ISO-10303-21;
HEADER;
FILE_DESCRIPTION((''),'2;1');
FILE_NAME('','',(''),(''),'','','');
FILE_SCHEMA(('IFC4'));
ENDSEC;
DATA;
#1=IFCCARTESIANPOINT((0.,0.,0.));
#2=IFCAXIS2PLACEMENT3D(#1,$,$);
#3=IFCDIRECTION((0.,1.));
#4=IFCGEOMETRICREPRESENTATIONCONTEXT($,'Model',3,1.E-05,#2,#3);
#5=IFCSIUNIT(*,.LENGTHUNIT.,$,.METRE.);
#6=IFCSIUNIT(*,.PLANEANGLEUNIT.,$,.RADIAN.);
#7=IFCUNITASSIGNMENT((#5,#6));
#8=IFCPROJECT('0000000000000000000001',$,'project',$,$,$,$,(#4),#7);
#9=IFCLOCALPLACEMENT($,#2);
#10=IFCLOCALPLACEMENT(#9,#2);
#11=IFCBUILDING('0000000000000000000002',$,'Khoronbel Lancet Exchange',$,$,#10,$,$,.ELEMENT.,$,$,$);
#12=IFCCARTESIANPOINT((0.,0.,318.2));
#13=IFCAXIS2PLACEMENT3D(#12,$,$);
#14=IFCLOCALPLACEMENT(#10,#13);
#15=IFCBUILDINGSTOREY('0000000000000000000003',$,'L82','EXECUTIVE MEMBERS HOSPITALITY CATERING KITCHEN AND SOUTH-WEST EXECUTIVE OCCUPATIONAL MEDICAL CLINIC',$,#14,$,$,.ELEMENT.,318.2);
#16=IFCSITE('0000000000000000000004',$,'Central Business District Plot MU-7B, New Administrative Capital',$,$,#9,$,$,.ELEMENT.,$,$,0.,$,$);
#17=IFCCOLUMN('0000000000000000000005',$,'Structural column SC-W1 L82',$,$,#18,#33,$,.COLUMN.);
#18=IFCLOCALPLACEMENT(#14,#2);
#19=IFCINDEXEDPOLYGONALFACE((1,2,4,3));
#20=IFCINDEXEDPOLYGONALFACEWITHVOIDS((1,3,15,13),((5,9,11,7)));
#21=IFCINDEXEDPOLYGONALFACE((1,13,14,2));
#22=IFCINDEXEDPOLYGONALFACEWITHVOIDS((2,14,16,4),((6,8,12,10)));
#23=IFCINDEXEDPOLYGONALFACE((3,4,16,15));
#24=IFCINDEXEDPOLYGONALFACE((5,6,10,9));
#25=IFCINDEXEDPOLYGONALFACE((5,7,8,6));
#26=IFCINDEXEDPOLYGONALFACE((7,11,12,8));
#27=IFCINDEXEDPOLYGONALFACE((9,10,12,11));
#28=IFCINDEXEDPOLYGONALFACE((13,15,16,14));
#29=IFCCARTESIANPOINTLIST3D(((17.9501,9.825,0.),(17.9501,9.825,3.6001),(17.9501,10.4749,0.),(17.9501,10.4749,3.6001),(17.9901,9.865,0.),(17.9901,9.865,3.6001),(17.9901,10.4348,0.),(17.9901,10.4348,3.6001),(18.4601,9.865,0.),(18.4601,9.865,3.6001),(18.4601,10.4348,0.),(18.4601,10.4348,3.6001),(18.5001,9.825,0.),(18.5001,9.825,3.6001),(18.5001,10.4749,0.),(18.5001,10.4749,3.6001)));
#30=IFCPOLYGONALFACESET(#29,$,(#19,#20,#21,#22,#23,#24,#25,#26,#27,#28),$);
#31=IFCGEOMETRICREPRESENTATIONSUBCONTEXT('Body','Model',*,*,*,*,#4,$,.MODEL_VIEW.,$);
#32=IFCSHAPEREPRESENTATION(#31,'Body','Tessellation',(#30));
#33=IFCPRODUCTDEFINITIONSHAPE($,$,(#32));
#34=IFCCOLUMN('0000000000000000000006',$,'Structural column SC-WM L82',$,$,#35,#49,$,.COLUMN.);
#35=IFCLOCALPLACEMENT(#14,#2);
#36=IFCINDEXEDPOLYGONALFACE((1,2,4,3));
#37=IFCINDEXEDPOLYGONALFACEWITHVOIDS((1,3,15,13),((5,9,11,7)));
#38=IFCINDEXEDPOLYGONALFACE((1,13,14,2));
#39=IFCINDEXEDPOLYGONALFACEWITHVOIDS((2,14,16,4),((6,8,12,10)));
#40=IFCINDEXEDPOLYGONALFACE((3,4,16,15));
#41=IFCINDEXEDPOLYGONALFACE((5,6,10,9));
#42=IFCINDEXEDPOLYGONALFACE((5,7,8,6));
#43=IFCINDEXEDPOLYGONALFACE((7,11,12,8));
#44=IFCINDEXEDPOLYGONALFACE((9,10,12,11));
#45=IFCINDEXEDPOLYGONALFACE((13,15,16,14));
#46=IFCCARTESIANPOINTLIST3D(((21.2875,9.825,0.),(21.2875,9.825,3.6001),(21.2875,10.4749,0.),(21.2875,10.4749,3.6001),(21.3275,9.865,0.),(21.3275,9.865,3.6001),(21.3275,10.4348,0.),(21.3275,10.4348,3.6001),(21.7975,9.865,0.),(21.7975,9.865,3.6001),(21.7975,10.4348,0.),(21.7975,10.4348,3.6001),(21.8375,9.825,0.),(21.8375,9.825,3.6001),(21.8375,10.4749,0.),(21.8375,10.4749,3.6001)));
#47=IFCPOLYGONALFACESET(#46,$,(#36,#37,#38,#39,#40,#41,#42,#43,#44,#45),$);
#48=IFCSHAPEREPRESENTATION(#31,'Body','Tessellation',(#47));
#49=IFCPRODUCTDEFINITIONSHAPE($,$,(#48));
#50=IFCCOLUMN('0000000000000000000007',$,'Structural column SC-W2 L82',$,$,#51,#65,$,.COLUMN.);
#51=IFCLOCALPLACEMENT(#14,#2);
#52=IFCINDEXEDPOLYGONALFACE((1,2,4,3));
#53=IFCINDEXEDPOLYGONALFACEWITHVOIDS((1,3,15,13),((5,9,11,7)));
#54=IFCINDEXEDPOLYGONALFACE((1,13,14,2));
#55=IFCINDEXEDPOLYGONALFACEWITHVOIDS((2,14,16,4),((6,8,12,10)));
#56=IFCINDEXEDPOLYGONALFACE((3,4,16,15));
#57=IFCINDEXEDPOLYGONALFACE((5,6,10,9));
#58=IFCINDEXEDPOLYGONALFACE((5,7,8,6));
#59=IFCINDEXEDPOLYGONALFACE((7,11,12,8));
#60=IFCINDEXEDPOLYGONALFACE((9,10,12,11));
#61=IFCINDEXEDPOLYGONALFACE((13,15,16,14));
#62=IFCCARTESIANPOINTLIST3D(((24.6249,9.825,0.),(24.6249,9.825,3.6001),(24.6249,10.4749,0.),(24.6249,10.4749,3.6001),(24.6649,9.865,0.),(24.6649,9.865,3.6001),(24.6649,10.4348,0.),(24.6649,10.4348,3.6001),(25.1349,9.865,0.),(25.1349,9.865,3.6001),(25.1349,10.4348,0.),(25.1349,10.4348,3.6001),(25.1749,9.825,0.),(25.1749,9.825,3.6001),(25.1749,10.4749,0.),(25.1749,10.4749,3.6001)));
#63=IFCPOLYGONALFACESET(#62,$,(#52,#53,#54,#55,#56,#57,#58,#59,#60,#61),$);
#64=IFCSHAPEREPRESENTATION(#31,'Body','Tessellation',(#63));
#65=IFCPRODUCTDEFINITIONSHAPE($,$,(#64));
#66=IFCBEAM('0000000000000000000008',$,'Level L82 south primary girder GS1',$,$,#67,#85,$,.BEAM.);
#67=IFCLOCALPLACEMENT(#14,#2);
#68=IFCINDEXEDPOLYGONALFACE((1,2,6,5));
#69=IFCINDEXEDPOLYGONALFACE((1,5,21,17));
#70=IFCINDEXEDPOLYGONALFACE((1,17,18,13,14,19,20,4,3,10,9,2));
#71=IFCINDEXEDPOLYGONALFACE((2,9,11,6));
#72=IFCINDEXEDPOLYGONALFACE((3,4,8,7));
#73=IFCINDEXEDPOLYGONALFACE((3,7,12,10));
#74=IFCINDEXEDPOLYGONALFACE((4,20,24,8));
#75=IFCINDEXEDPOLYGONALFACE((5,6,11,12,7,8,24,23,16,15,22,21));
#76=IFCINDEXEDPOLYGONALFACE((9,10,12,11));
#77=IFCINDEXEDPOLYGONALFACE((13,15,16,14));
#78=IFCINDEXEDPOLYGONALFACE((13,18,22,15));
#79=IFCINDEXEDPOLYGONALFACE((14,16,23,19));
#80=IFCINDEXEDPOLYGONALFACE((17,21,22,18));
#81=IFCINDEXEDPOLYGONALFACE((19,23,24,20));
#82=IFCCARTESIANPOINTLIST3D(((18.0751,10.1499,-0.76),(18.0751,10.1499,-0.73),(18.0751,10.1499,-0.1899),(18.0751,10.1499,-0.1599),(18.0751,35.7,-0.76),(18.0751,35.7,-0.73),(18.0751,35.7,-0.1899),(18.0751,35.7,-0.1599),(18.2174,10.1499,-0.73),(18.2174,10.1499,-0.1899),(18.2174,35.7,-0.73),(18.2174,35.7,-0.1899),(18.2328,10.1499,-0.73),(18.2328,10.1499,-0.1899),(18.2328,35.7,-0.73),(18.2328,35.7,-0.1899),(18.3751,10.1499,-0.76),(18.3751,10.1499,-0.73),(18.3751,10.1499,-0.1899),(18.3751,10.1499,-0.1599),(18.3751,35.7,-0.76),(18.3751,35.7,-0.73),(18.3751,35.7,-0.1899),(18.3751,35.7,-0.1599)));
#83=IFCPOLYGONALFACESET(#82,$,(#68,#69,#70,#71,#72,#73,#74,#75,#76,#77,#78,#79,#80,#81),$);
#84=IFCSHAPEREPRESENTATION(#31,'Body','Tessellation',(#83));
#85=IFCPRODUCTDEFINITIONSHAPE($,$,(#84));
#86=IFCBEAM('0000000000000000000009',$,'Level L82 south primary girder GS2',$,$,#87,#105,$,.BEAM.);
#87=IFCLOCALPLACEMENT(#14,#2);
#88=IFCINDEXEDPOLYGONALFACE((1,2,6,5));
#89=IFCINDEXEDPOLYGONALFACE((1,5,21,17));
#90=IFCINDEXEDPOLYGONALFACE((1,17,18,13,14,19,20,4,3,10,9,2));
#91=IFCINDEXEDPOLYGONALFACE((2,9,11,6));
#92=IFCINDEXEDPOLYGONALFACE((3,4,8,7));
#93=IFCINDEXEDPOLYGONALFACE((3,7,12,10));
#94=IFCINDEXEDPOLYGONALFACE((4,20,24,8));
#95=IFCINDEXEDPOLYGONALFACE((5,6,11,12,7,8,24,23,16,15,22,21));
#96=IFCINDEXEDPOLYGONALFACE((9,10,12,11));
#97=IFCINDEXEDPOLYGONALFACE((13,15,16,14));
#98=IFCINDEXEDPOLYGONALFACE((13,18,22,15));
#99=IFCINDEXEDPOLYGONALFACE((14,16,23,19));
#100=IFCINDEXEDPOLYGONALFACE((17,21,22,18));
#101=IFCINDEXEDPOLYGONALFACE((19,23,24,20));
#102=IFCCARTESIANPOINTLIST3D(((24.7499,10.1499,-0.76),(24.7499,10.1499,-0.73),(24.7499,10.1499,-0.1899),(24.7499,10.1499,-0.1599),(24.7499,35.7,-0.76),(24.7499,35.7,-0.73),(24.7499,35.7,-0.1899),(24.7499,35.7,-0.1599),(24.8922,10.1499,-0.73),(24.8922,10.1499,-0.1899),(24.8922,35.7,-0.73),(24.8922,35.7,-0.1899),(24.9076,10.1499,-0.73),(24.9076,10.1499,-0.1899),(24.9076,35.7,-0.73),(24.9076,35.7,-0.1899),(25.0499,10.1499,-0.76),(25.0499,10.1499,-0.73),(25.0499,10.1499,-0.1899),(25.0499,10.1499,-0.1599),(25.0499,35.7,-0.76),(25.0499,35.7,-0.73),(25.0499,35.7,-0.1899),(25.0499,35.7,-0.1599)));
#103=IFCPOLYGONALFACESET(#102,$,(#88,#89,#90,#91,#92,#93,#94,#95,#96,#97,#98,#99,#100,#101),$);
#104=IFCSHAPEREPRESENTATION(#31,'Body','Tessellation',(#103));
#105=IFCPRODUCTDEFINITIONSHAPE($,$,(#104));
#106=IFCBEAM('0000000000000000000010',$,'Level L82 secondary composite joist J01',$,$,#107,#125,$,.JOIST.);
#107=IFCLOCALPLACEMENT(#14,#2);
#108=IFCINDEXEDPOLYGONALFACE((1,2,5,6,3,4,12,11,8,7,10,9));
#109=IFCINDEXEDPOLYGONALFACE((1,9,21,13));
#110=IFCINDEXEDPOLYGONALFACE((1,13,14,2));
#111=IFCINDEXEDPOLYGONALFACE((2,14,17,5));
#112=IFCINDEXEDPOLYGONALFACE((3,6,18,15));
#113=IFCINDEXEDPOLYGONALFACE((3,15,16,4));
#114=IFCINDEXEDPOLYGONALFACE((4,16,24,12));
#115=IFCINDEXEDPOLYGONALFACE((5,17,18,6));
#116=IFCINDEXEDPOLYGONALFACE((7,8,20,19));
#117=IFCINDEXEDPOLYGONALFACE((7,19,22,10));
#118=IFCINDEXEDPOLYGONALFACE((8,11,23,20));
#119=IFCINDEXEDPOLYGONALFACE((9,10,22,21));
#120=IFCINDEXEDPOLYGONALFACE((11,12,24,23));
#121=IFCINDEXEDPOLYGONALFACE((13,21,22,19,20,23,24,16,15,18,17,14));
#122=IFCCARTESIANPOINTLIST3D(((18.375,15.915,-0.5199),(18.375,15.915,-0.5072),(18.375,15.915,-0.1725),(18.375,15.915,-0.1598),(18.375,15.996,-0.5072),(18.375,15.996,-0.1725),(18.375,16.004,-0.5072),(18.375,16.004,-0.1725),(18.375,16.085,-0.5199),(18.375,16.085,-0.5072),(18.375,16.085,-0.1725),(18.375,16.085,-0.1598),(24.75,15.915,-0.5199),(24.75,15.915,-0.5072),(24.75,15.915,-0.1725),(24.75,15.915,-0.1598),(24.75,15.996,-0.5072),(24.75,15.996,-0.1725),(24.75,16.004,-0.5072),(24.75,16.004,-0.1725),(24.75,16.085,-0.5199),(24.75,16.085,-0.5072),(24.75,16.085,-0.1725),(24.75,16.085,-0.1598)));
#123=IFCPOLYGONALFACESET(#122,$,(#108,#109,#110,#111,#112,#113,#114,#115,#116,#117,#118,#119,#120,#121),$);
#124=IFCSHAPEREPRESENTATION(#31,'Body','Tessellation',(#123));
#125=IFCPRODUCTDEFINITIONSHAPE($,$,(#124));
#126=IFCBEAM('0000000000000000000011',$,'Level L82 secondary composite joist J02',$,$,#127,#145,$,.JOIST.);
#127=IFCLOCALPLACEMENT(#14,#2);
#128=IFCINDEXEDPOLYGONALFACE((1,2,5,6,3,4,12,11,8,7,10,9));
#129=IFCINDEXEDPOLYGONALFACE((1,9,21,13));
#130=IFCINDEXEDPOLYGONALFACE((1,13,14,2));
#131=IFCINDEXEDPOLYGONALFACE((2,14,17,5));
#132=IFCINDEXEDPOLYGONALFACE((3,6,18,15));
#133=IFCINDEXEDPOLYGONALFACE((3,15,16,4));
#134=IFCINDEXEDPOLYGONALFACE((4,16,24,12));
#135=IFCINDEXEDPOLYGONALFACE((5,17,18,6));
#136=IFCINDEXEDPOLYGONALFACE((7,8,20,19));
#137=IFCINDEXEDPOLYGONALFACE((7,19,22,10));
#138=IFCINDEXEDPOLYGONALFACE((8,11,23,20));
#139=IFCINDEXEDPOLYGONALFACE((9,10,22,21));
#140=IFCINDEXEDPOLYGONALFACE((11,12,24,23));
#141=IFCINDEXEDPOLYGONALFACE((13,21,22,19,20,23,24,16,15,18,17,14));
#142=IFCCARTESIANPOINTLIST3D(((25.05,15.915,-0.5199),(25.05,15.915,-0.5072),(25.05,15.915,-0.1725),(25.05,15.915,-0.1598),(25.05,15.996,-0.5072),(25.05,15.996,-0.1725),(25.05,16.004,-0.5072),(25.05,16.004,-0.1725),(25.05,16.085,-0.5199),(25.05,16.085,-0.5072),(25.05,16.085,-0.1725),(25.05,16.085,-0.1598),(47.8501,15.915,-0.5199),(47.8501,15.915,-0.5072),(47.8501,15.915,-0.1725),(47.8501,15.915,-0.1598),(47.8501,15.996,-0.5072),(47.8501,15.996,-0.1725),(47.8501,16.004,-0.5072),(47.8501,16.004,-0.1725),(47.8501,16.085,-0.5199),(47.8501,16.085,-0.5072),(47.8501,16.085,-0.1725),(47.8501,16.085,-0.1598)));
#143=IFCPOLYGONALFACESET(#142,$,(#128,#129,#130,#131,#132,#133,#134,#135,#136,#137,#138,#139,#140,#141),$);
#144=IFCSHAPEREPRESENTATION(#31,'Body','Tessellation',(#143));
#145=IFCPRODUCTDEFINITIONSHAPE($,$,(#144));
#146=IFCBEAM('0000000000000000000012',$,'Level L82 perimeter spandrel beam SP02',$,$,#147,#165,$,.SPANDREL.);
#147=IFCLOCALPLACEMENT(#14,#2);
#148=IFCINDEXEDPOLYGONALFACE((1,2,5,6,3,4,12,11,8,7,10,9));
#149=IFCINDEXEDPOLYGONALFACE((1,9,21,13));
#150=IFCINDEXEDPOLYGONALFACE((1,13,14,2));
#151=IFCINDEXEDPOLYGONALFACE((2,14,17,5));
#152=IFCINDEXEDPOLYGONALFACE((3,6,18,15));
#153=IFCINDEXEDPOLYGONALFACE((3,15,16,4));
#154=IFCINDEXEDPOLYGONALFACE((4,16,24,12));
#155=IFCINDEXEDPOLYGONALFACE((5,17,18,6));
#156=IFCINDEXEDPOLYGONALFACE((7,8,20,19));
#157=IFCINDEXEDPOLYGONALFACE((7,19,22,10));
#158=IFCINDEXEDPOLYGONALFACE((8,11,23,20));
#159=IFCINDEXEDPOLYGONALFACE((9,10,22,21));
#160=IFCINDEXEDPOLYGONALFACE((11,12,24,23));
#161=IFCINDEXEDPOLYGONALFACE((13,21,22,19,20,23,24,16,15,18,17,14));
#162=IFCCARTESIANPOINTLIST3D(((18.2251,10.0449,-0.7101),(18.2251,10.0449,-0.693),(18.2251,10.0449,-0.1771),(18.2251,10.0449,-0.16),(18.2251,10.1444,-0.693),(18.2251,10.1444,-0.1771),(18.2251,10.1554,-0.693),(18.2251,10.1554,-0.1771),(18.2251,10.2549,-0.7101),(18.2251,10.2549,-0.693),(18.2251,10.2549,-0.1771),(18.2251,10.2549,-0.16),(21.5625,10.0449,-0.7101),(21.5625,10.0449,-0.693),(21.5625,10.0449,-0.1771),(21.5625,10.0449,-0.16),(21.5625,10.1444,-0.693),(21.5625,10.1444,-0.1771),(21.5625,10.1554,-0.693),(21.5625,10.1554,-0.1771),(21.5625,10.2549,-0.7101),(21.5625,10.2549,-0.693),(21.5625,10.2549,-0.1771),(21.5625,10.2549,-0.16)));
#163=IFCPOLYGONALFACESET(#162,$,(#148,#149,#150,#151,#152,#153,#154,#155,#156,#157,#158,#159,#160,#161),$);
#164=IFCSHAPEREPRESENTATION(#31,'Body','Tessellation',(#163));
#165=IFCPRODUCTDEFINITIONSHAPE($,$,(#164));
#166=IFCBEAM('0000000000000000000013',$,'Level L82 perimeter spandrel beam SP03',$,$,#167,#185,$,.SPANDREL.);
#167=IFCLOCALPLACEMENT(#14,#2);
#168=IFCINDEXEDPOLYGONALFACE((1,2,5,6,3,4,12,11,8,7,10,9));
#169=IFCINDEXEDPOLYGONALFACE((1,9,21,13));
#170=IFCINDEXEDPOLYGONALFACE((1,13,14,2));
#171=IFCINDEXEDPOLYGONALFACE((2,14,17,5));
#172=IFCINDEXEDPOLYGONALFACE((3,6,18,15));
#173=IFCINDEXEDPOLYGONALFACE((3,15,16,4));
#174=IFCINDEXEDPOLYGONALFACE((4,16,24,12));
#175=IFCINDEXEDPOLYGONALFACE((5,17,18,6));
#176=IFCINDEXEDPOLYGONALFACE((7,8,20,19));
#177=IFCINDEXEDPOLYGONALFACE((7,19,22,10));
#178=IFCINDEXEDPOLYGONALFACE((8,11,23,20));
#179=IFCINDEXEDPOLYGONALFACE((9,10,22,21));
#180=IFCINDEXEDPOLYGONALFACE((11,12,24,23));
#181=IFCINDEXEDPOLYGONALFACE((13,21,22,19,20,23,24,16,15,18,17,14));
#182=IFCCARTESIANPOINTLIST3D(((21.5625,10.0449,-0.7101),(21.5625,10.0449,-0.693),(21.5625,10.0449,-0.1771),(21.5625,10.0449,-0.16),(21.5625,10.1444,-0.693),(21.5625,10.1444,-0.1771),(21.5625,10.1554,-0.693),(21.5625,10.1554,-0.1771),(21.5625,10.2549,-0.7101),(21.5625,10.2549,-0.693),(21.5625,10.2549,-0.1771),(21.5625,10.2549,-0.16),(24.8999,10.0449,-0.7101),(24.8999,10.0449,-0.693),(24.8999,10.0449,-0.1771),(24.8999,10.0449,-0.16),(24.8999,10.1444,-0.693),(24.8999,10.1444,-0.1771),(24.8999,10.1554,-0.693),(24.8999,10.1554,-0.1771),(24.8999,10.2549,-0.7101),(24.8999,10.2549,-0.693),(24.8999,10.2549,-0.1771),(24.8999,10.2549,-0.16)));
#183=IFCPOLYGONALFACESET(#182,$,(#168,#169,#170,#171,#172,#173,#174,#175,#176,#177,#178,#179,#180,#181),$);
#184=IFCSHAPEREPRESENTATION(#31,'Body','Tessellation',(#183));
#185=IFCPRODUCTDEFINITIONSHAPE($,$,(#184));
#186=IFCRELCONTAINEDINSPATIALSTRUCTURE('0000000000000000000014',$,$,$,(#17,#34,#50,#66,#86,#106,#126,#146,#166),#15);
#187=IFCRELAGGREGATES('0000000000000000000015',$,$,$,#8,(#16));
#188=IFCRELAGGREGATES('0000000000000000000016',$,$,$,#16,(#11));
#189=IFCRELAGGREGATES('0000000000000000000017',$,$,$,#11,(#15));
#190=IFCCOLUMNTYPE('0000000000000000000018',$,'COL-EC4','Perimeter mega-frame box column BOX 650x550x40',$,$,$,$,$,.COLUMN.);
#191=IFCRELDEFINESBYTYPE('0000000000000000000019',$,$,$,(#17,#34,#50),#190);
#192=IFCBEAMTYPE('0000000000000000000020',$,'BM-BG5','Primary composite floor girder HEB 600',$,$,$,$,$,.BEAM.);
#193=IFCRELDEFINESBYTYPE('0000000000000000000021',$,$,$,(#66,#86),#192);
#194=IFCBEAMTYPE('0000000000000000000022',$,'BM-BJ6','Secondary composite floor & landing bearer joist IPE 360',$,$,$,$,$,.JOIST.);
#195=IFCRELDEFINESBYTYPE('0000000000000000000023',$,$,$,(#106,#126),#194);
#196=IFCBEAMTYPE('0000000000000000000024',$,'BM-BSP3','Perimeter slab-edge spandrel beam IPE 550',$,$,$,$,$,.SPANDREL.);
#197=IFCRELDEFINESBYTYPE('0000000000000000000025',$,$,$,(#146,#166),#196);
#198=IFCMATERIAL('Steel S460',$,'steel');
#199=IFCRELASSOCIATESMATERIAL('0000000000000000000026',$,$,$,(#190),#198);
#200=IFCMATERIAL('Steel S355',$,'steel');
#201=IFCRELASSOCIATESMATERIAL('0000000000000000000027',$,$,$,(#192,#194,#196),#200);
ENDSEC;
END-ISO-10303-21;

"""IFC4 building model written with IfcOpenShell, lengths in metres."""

from ifc_helpers import new_model, si_unit, direction, frame, origin, origin_2d, place, context, subcontext, project, spatial, hollow_rectangle, i_section, extrude, material, material_profile, profile_set, type_object, element, save


model = new_model("IFC4")

# Units and contexts
model_context = context("Model", 3, precision=1e-05, world=origin(), true_north=direction((0.0, 1.0)))
body_context = subcontext(model_context, "Body", "Model", "MODEL_VIEW")
ifc_project = project(units=[si_unit("LENGTHUNIT", "METRE"), si_unit("PLANEANGLEUNIT", "RADIAN")], contexts=[model_context])

# Site, building, storey
site_placement = place(None, origin())
site = spatial("IfcSite", under=ifc_project, at=site_placement, Name="Central Business District Plot MU-7B, New Administrative Capital", CompositionType="ELEMENT", RefElevation=0.0)
building_placement = place(site_placement, origin())
building = spatial("IfcBuilding", under=site, at=building_placement, Name="Khoronbel Lancet Exchange", CompositionType="ELEMENT")
storey_placement = place(building_placement, frame((0.0, 0.0, 318.2)))
storey = spatial("IfcBuildingStorey", under=building, at=storey_placement, Name="L82", Description="EXECUTIVE MEMBERS HOSPITALITY CATERING KITCHEN AND SOUTH-WEST EXECUTIVE OCCUPATIONAL MEDICAL CLINIC", CompositionType="ELEMENT", Elevation=318.2)

# Columns
ifc_material_1 = material(Name="Steel S460", Category="steel")
ifc_material_profile_1 = material_profile(ifc_material_1, hollow_rectangle(XDim=0.55, YDim=0.6499, WallThickness=0.04, at=origin_2d()), Name="BOX 650x550x40")
ifc_profile_set_1 = profile_set([ifc_material_profile_1], Name="Steel S460")
column_type = type_object("IfcColumnType", Name="COL-EC4", Description="Perimeter mega-frame box column BOX 650x550x40", PredefinedType="COLUMN", material=ifc_profile_set_1)
for number, where, z_axis, x_axis, name in (
    (1, (18.2251, 10.1499, 0.0), (0.0, 0.0, 1.0), (1.0, 0.0, 0.0), "Structural column SC-W1 L82"),
    (2, (21.5625, 10.1499, 0.0), (0.0, 0.0, 1.0), (1.0, 0.0, 0.0), "Structural column SC-WM L82"),
    (3, (24.8999, 10.1499, 0.0), (0.0, 0.0, 1.0), (1.0, 0.0, 0.0), "Structural column SC-W2 L82"),
):
    element("IfcColumn", number, at=place(storey_placement, frame(where, z_axis=z_axis, x_axis=x_axis)), inside=storey, type_object=column_type, Name=name, PredefinedType="COLUMN", context=body_context, shape_type="SweptSolid", body=[
        extrude(hollow_rectangle(XDim=0.55, YDim=0.6499, WallThickness=0.04, at=origin_2d()), origin(), (0.0, 0.0, 1.0), 3.6001),
    ])

# Beams
ifc_material_2 = material(Name="Steel S355", Category="steel")
ifc_material_profile_2 = material_profile(ifc_material_2, i_section(OverallWidth=0.3, OverallDepth=0.6001, WebThickness=0.0154, FlangeThickness=0.03, at=origin_2d()), Name="HEB 600")
ifc_profile_set_2 = profile_set([ifc_material_profile_2], Name="Steel S355")
beam_type_1 = type_object("IfcBeamType", Name="BM-BG5", Description="Primary composite floor girder HEB 600", PredefinedType="BEAM", material=ifc_profile_set_2)
for number, where, z_axis, x_axis, name in (
    (4, (18.2251, 10.1499, -0.46), (0.0, 1.0, 0.0), (-1.0, 0.0, 0.0), "Level L82 south primary girder GS1"),
    (5, (24.8999, 10.1499, -0.46), (0.0, 1.0, 0.0), (-1.0, 0.0, 0.0), "Level L82 south primary girder GS2"),
):
    element("IfcBeam", number, at=place(storey_placement, frame(where, z_axis=z_axis, x_axis=x_axis)), inside=storey, type_object=beam_type_1, Name=name, PredefinedType="BEAM", context=body_context, shape_type="SweptSolid", body=[
        extrude(i_section(OverallWidth=0.3, OverallDepth=0.6001, WebThickness=0.0154, FlangeThickness=0.03, at=origin_2d()), origin(), (0.0, 0.0, 1.0), 25.55),
    ])
ifc_material_profile_3 = material_profile(ifc_material_2, i_section(OverallWidth=0.1699, OverallDepth=0.3601, WebThickness=0.0081, FlangeThickness=0.0127, at=origin_2d()), Name="IPE 360")
ifc_profile_set_3 = profile_set([ifc_material_profile_3], Name="Steel S355")
beam_type_2 = type_object("IfcBeamType", Name="BM-BJ6", Description="Secondary composite floor & landing bearer joist IPE 360", PredefinedType="JOIST", material=ifc_profile_set_3)
beam_1_placement = place(storey_placement, frame((18.375, 16.0, -0.3398), z_axis=(1.0, 0.0, 0.0), x_axis=(0.0, 1.0, 0.0)))
element("IfcBeam", 6, at=beam_1_placement, inside=storey, type_object=beam_type_2, Name="Level L82 secondary composite joist J01", PredefinedType="JOIST", context=body_context, shape_type="SweptSolid", body=[
    extrude(i_section(OverallWidth=0.1699, OverallDepth=0.3601, WebThickness=0.0081, FlangeThickness=0.0127, at=origin_2d()), origin(), (0.0, 0.0, 1.0), 6.375),
])
beam_2_placement = place(storey_placement, frame((25.05, 16.0, -0.3398), z_axis=(1.0, 0.0, 0.0), x_axis=(0.0, 1.0, 0.0)))
element("IfcBeam", 7, at=beam_2_placement, inside=storey, type_object=beam_type_2, Name="Level L82 secondary composite joist J02", PredefinedType="JOIST", context=body_context, shape_type="SweptSolid", body=[
    extrude(i_section(OverallWidth=0.1699, OverallDepth=0.3601, WebThickness=0.0081, FlangeThickness=0.0127, at=origin_2d()), origin(), (0.0, 0.0, 1.0), 22.8),
])
ifc_material_profile_4 = material_profile(ifc_material_2, i_section(OverallWidth=0.21, OverallDepth=0.55, WebThickness=0.011, FlangeThickness=0.0171, at=origin_2d()), Name="IPE 550")
ifc_profile_set_4 = profile_set([ifc_material_profile_4], Name="Steel S355")
beam_type_3 = type_object("IfcBeamType", Name="BM-BSP3", Description="Perimeter slab-edge spandrel beam IPE 550", PredefinedType="SPANDREL", material=ifc_profile_set_4)
for number, where, z_axis, x_axis, name in (
    (8, (18.2251, 10.1499, -0.4351), (1.0, 0.0, 0.0), (0.0, 1.0, 0.0), "Level L82 perimeter spandrel beam SP02"),
    (9, (21.5625, 10.1499, -0.4351), (1.0, 0.0, 0.0), (0.0, 1.0, 0.0), "Level L82 perimeter spandrel beam SP03"),
):
    element("IfcBeam", number, at=place(storey_placement, frame(where, z_axis=z_axis, x_axis=x_axis)), inside=storey, type_object=beam_type_3, Name=name, PredefinedType="SPANDREL", context=body_context, shape_type="SweptSolid", body=[
        extrude(i_section(OverallWidth=0.21, OverallDepth=0.55, WebThickness=0.011, FlangeThickness=0.0171, at=origin_2d()), origin(), (0.0, 0.0, 1.0), 3.3374),
    ])

save(model, "model.ifc")
